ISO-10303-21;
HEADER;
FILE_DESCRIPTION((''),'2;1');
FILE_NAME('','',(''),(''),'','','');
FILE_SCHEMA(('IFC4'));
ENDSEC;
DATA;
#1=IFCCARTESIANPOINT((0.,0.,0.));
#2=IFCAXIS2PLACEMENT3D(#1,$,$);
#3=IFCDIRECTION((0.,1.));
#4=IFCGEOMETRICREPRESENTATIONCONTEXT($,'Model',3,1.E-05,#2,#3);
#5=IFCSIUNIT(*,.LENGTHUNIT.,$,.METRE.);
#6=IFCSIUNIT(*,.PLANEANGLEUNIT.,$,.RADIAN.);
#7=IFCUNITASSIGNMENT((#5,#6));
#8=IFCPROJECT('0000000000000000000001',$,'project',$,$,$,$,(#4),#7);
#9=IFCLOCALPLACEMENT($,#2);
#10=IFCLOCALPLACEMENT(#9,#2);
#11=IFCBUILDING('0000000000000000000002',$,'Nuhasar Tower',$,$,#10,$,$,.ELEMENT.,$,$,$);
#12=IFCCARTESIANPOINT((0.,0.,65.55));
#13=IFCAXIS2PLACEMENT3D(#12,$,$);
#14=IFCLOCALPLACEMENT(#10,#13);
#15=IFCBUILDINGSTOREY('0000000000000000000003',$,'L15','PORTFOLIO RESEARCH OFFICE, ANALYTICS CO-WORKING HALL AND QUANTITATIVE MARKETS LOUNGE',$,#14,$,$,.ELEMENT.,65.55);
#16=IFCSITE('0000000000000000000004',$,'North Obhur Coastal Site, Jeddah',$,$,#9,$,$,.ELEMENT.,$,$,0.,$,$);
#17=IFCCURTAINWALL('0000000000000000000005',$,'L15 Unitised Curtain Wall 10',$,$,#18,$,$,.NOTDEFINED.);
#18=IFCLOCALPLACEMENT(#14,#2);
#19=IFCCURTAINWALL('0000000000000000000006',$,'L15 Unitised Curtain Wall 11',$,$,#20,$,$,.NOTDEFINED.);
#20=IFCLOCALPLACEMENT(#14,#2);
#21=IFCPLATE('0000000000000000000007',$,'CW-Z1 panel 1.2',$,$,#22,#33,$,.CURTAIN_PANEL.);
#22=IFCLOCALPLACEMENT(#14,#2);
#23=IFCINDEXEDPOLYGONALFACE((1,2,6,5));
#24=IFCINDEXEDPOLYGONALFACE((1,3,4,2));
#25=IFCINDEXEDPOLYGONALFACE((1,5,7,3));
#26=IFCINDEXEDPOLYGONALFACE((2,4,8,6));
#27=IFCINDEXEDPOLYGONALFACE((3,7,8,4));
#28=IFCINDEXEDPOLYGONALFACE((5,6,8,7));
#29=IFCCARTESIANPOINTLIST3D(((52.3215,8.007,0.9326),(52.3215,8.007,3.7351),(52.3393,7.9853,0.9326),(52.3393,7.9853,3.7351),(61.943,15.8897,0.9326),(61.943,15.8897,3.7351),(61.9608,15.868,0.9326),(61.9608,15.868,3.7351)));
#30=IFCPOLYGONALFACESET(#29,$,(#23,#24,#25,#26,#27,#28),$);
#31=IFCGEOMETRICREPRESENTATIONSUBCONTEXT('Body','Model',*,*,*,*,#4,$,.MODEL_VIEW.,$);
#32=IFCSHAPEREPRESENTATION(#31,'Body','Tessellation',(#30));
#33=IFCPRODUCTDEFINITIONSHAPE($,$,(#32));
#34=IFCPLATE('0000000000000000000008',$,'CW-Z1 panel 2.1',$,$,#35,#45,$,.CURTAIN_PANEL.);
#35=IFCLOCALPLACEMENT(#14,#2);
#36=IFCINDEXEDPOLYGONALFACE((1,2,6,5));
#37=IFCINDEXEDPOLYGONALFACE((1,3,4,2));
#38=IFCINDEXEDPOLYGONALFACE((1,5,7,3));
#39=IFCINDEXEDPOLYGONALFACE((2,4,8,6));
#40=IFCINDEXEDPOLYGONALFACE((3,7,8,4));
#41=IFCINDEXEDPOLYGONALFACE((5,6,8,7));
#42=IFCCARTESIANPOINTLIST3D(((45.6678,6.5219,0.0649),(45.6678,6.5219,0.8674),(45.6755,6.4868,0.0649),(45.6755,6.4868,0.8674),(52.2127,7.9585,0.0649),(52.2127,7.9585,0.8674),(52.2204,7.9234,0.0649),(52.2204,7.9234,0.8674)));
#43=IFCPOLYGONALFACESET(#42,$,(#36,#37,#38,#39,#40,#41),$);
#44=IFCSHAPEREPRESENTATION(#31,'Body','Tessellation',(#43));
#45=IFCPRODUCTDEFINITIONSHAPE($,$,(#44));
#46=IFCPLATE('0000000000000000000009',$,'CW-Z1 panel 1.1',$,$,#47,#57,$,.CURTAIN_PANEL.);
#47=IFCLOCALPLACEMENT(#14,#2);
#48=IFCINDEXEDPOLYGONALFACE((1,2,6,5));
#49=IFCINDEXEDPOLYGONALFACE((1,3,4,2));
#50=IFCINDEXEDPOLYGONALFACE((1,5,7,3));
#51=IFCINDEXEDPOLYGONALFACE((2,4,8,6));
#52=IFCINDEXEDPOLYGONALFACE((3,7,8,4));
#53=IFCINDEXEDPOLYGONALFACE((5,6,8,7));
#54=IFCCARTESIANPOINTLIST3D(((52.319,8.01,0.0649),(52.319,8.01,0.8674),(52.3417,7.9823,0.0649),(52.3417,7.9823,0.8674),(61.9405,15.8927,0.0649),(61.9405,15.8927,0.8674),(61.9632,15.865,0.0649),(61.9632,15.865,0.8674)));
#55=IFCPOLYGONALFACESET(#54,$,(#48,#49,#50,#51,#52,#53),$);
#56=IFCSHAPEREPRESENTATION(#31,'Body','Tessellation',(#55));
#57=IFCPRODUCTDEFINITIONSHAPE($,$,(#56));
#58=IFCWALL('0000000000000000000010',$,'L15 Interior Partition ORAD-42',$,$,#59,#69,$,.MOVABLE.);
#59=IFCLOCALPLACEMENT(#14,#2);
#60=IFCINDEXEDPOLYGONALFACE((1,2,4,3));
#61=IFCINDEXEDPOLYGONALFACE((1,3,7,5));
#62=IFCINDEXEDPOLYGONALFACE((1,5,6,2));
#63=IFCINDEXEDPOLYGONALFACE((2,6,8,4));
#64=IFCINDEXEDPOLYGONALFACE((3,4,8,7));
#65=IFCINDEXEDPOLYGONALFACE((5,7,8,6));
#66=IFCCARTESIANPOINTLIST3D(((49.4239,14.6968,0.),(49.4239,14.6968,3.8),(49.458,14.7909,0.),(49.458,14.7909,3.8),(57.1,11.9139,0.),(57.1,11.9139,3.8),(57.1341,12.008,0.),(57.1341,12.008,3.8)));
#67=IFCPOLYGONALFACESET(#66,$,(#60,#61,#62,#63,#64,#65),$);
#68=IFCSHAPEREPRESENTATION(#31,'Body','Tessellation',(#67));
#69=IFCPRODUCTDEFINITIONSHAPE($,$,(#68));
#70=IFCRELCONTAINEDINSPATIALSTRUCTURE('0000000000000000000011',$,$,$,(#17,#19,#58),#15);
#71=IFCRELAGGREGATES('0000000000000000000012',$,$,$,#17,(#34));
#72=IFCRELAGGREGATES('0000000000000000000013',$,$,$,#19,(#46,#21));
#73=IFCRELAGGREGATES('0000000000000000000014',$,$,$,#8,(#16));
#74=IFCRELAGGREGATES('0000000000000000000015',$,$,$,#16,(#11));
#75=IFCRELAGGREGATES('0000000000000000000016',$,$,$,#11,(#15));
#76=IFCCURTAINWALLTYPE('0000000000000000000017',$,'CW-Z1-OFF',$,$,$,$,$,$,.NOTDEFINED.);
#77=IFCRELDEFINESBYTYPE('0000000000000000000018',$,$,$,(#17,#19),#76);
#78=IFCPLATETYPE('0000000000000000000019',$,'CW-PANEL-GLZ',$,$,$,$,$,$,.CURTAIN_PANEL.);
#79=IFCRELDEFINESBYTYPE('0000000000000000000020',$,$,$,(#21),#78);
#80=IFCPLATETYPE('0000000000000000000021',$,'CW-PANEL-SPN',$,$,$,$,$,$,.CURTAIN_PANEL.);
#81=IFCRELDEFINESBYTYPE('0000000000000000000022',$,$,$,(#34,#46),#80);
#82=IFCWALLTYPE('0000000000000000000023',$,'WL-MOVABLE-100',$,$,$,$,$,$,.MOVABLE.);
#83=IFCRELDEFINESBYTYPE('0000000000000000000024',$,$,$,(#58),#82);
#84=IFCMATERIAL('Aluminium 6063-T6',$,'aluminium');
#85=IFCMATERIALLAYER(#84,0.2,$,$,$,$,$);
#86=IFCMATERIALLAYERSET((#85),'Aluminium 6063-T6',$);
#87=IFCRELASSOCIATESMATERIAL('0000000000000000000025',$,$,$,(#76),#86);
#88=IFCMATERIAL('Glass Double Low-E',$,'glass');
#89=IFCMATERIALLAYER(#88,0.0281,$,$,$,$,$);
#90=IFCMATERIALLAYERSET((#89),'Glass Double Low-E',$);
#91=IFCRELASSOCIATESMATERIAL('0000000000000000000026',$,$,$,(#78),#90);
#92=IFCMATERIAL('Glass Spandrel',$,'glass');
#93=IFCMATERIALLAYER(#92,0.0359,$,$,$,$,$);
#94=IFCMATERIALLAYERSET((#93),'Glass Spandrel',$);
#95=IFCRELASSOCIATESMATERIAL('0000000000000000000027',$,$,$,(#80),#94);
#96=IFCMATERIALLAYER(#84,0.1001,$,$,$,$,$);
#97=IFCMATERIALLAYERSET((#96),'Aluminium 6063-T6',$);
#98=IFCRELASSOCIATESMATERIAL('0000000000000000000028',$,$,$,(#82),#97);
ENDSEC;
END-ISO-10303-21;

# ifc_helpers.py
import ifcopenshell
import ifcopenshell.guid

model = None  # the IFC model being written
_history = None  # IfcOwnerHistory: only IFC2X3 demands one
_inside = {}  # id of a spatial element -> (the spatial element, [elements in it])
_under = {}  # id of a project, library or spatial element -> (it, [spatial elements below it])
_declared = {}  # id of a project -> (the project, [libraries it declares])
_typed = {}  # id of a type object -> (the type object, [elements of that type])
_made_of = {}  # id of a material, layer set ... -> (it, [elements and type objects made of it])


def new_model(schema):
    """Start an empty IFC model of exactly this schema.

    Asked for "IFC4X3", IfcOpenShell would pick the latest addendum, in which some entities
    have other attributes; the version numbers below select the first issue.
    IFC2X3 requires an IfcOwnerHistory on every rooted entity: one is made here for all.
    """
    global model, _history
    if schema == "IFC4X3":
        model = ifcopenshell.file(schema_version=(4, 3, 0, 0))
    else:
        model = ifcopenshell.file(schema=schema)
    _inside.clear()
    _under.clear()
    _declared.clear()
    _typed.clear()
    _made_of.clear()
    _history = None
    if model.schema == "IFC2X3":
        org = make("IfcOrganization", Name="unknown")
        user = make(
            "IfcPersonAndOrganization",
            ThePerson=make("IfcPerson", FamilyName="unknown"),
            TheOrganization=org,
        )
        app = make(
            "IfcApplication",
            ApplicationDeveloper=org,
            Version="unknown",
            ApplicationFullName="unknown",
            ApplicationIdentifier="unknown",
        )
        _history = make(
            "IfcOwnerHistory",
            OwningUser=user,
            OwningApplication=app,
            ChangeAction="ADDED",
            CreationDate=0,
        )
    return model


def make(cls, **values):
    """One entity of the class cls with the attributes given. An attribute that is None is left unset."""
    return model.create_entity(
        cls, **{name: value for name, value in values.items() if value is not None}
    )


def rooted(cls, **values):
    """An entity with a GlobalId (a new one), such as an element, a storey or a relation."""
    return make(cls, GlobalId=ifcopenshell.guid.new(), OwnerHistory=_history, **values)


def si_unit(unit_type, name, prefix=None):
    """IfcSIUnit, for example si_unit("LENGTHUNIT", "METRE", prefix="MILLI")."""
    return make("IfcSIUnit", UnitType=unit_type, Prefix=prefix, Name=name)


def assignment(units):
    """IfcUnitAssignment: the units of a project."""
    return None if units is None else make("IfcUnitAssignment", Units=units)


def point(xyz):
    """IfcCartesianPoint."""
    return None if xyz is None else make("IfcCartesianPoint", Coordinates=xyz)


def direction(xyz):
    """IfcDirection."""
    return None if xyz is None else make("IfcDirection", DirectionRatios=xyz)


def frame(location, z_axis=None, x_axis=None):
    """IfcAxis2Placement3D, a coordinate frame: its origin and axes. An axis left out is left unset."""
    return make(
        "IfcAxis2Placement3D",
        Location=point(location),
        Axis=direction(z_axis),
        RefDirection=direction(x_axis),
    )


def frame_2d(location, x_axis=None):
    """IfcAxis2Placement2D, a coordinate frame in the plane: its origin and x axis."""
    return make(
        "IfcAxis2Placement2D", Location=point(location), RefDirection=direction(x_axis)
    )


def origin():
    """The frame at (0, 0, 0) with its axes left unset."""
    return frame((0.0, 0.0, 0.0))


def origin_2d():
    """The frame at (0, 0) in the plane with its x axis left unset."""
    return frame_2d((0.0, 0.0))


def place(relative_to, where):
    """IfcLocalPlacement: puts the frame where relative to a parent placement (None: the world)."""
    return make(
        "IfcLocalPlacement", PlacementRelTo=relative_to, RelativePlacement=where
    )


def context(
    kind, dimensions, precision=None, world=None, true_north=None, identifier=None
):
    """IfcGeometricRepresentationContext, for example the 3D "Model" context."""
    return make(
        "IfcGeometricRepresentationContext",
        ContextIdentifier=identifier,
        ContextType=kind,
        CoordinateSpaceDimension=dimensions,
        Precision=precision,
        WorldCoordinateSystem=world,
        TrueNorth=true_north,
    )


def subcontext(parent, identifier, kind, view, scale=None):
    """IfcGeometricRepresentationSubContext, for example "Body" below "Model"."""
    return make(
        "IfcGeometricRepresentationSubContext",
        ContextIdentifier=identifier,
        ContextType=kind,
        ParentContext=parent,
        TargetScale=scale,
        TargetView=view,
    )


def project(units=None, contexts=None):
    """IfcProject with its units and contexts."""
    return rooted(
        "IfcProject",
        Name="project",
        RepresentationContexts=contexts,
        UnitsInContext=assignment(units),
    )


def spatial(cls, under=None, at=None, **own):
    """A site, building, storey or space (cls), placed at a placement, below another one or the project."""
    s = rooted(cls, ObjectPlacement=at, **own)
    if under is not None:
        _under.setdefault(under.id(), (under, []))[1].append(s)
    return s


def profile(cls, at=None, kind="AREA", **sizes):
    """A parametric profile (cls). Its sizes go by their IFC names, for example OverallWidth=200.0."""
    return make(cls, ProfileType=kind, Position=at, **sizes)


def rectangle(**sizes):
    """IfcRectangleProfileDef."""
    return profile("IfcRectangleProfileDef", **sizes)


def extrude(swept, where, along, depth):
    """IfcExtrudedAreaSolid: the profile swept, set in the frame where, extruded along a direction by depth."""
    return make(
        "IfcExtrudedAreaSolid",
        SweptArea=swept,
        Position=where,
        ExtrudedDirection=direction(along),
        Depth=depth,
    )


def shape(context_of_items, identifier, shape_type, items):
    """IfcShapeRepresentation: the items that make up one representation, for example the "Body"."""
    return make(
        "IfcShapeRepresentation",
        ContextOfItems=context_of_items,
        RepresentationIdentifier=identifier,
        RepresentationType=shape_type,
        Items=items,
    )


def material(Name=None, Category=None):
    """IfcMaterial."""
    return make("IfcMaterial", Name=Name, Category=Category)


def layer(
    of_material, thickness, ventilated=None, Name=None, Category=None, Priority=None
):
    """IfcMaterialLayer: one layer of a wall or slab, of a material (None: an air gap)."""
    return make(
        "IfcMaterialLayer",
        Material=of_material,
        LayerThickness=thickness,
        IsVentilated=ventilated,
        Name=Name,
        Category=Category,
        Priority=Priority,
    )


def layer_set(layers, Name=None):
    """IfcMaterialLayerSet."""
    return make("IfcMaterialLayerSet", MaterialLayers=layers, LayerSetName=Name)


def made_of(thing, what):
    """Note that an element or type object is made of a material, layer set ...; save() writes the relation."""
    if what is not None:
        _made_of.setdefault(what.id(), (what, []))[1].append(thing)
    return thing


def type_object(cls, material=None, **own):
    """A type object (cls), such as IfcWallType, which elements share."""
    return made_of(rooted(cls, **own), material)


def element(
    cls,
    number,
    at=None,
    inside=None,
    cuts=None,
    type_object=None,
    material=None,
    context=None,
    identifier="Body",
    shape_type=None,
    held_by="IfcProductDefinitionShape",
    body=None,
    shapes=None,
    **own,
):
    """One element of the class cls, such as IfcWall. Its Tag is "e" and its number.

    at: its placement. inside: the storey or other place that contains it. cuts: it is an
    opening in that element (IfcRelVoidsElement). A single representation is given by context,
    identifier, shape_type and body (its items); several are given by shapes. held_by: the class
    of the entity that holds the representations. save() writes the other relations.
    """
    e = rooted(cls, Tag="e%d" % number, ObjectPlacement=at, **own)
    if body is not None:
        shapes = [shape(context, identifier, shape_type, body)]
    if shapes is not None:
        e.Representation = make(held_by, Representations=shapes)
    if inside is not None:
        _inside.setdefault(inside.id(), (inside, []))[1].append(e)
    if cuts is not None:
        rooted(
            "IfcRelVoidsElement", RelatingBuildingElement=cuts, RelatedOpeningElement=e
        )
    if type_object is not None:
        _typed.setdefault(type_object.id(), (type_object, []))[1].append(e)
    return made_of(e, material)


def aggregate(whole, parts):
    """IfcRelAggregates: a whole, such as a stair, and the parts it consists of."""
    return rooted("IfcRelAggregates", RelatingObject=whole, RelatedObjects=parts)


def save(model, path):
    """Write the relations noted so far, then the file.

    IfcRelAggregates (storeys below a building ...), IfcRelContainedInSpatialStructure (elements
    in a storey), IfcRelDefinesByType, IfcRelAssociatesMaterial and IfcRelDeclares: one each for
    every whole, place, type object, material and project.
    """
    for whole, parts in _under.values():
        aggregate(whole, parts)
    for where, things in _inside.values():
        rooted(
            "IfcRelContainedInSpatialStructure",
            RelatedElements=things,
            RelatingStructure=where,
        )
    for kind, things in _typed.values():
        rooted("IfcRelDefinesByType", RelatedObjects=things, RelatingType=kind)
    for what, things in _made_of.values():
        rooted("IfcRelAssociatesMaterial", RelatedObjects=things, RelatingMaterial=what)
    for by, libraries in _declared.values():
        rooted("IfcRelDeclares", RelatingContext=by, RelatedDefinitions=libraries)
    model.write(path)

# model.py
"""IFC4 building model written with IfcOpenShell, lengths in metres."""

from ifc_helpers import new_model, si_unit, direction, frame, frame_2d, origin, origin_2d, place, context, subcontext, project, spatial, rectangle, extrude, material, layer, layer_set, type_object, element, aggregate, save


model = new_model("IFC4")

# Units and contexts
model_context = context("Model", 3, precision=1e-05, world=origin(), true_north=direction((0.0, 1.0)))
body_context = subcontext(model_context, "Body", "Model", "MODEL_VIEW")
ifc_project = project(units=[si_unit("LENGTHUNIT", "METRE"), si_unit("PLANEANGLEUNIT", "RADIAN")], contexts=[model_context])

# Site, building, storey
site_placement = place(None, origin())
site = spatial("IfcSite", under=ifc_project, at=site_placement, Name="North Obhur Coastal Site, Jeddah", CompositionType="ELEMENT", RefElevation=0.0)
building_placement = place(site_placement, origin())
building = spatial("IfcBuilding", under=site, at=building_placement, Name="Nuhasar Tower", CompositionType="ELEMENT")
storey_placement = place(building_placement, frame((0.0, 0.0, 65.55)))
storey = spatial("IfcBuildingStorey", under=building, at=storey_placement, Name="L15", Description="PORTFOLIO RESEARCH OFFICE, ANALYTICS CO-WORKING HALL AND QUANTITATIVE MARKETS LOUNGE", CompositionType="ELEMENT", Elevation=65.55)

# Curtain wall
ifc_material_1 = material(Name="Aluminium 6063-T6", Category="aluminium")
ifc_layer_1 = layer(ifc_material_1, 0.2)
ifc_layer_set_1 = layer_set([ifc_layer_1], Name="Aluminium 6063-T6")
curtain_wall_type = type_object("IfcCurtainWallType", Name="CW-Z1-OFF", PredefinedType="NOTDEFINED", material=ifc_layer_set_1)
curtain_wall_1_placement = place(storey_placement, origin())
curtain_wall_1 = element("IfcCurtainWall", 1, at=curtain_wall_1_placement, inside=storey, type_object=curtain_wall_type, Name="L15 Unitised Curtain Wall 10", PredefinedType="NOTDEFINED")

# Curtain wall
curtain_wall_2_placement = place(storey_placement, origin())
curtain_wall_2 = element("IfcCurtainWall", 2, at=curtain_wall_2_placement, inside=storey, type_object=curtain_wall_type, Name="L15 Unitised Curtain Wall 11", PredefinedType="NOTDEFINED")

# Plates
ifc_material_2 = material(Name="Glass Double Low-E", Category="glass")
ifc_layer_2 = layer(ifc_material_2, 0.0281)
ifc_layer_set_2 = layer_set([ifc_layer_2], Name="Glass Double Low-E")
plate_type_1 = type_object("IfcPlateType", Name="CW-PANEL-GLZ", PredefinedType="CURTAIN_PANEL", material=ifc_layer_set_2)
plate_1_placement = place(storey_placement, frame((57.1411, 11.9375, 0.9326), z_axis=(0.0, 0.0, 1.0), x_axis=(0.773542, 0.633745, 0.0)))
plate_1 = element("IfcPlate", 3, at=plate_1_placement, type_object=plate_type_1, Name="CW-Z1 panel 1.2", PredefinedType="CURTAIN_PANEL", context=body_context, shape_type="SweptSolid", body=[
    extrude(rectangle(XDim=12.4382, YDim=0.0281, at=origin_2d()), origin(), (0.0, 0.0, 1.0), 2.8025),
])
ifc_material_3 = material(Name="Glass Spandrel", Category="glass")
ifc_layer_3 = layer(ifc_material_3, 0.0359)
ifc_layer_set_3 = layer_set([ifc_layer_3], Name="Glass Spandrel")
plate_type_2 = type_object("IfcPlateType", Name="CW-PANEL-SPN", PredefinedType="CURTAIN_PANEL", material=ifc_layer_set_3)
plate_2_placement = place(storey_placement, frame((48.9441, 7.2227, 0.0649), z_axis=(0.0, 0.0, 1.0), x_axis=(0.976746, 0.214399, 0.0)))
plate_2 = element("IfcPlate", 4, at=plate_2_placement, type_object=plate_type_2, Name="CW-Z1 panel 2.1", PredefinedType="CURTAIN_PANEL", context=body_context, shape_type="SweptSolid", body=[
    extrude(rectangle(XDim=6.7007, YDim=0.0359, at=origin_2d()), origin(), (0.0, 0.0, 1.0), 0.8025),
])
aggregate(curtain_wall_1, [plate_2])
plate_3_placement = place(storey_placement, frame((57.1411, 11.9375, 0.0649), z_axis=(0.0, 0.0, 1.0), x_axis=(0.773542, 0.633745, 0.0)))
plate_3 = element("IfcPlate", 5, at=plate_3_placement, type_object=plate_type_2, Name="CW-Z1 panel 1.1", PredefinedType="CURTAIN_PANEL", context=body_context, shape_type="SweptSolid", body=[
    extrude(rectangle(XDim=12.4382, YDim=0.0359, at=origin_2d()), origin(), (0.0, 0.0, 1.0), 0.8025),
])
aggregate(curtain_wall_2, [plate_3, plate_1])

# Wall
ifc_layer_4 = layer(ifc_material_1, 0.1001)
ifc_layer_set_4 = layer_set([ifc_layer_4], Name="Aluminium 6063-T6")
wall_type = type_object("IfcWallType", Name="WL-MOVABLE-100", PredefinedType="MOVABLE", material=ifc_layer_set_4)
wall_placement = place(storey_placement, frame((49.4409, 14.7439, 0.0), z_axis=(0.0, 0.0, 1.0), x_axis=(0.94012, -0.340843, 0.0)))
element("IfcWall", 6, at=wall_placement, inside=storey, type_object=wall_type, Name="L15 Interior Partition ORAD-42", PredefinedType="MOVABLE", context=body_context, shape_type="SweptSolid", body=[
    extrude(rectangle(XDim=8.165, YDim=0.1001, at=frame_2d((4.0825, 0.0))), origin(), (0.0, 0.0, 1.0), 3.8),
])

save(model, "model.ifc")
